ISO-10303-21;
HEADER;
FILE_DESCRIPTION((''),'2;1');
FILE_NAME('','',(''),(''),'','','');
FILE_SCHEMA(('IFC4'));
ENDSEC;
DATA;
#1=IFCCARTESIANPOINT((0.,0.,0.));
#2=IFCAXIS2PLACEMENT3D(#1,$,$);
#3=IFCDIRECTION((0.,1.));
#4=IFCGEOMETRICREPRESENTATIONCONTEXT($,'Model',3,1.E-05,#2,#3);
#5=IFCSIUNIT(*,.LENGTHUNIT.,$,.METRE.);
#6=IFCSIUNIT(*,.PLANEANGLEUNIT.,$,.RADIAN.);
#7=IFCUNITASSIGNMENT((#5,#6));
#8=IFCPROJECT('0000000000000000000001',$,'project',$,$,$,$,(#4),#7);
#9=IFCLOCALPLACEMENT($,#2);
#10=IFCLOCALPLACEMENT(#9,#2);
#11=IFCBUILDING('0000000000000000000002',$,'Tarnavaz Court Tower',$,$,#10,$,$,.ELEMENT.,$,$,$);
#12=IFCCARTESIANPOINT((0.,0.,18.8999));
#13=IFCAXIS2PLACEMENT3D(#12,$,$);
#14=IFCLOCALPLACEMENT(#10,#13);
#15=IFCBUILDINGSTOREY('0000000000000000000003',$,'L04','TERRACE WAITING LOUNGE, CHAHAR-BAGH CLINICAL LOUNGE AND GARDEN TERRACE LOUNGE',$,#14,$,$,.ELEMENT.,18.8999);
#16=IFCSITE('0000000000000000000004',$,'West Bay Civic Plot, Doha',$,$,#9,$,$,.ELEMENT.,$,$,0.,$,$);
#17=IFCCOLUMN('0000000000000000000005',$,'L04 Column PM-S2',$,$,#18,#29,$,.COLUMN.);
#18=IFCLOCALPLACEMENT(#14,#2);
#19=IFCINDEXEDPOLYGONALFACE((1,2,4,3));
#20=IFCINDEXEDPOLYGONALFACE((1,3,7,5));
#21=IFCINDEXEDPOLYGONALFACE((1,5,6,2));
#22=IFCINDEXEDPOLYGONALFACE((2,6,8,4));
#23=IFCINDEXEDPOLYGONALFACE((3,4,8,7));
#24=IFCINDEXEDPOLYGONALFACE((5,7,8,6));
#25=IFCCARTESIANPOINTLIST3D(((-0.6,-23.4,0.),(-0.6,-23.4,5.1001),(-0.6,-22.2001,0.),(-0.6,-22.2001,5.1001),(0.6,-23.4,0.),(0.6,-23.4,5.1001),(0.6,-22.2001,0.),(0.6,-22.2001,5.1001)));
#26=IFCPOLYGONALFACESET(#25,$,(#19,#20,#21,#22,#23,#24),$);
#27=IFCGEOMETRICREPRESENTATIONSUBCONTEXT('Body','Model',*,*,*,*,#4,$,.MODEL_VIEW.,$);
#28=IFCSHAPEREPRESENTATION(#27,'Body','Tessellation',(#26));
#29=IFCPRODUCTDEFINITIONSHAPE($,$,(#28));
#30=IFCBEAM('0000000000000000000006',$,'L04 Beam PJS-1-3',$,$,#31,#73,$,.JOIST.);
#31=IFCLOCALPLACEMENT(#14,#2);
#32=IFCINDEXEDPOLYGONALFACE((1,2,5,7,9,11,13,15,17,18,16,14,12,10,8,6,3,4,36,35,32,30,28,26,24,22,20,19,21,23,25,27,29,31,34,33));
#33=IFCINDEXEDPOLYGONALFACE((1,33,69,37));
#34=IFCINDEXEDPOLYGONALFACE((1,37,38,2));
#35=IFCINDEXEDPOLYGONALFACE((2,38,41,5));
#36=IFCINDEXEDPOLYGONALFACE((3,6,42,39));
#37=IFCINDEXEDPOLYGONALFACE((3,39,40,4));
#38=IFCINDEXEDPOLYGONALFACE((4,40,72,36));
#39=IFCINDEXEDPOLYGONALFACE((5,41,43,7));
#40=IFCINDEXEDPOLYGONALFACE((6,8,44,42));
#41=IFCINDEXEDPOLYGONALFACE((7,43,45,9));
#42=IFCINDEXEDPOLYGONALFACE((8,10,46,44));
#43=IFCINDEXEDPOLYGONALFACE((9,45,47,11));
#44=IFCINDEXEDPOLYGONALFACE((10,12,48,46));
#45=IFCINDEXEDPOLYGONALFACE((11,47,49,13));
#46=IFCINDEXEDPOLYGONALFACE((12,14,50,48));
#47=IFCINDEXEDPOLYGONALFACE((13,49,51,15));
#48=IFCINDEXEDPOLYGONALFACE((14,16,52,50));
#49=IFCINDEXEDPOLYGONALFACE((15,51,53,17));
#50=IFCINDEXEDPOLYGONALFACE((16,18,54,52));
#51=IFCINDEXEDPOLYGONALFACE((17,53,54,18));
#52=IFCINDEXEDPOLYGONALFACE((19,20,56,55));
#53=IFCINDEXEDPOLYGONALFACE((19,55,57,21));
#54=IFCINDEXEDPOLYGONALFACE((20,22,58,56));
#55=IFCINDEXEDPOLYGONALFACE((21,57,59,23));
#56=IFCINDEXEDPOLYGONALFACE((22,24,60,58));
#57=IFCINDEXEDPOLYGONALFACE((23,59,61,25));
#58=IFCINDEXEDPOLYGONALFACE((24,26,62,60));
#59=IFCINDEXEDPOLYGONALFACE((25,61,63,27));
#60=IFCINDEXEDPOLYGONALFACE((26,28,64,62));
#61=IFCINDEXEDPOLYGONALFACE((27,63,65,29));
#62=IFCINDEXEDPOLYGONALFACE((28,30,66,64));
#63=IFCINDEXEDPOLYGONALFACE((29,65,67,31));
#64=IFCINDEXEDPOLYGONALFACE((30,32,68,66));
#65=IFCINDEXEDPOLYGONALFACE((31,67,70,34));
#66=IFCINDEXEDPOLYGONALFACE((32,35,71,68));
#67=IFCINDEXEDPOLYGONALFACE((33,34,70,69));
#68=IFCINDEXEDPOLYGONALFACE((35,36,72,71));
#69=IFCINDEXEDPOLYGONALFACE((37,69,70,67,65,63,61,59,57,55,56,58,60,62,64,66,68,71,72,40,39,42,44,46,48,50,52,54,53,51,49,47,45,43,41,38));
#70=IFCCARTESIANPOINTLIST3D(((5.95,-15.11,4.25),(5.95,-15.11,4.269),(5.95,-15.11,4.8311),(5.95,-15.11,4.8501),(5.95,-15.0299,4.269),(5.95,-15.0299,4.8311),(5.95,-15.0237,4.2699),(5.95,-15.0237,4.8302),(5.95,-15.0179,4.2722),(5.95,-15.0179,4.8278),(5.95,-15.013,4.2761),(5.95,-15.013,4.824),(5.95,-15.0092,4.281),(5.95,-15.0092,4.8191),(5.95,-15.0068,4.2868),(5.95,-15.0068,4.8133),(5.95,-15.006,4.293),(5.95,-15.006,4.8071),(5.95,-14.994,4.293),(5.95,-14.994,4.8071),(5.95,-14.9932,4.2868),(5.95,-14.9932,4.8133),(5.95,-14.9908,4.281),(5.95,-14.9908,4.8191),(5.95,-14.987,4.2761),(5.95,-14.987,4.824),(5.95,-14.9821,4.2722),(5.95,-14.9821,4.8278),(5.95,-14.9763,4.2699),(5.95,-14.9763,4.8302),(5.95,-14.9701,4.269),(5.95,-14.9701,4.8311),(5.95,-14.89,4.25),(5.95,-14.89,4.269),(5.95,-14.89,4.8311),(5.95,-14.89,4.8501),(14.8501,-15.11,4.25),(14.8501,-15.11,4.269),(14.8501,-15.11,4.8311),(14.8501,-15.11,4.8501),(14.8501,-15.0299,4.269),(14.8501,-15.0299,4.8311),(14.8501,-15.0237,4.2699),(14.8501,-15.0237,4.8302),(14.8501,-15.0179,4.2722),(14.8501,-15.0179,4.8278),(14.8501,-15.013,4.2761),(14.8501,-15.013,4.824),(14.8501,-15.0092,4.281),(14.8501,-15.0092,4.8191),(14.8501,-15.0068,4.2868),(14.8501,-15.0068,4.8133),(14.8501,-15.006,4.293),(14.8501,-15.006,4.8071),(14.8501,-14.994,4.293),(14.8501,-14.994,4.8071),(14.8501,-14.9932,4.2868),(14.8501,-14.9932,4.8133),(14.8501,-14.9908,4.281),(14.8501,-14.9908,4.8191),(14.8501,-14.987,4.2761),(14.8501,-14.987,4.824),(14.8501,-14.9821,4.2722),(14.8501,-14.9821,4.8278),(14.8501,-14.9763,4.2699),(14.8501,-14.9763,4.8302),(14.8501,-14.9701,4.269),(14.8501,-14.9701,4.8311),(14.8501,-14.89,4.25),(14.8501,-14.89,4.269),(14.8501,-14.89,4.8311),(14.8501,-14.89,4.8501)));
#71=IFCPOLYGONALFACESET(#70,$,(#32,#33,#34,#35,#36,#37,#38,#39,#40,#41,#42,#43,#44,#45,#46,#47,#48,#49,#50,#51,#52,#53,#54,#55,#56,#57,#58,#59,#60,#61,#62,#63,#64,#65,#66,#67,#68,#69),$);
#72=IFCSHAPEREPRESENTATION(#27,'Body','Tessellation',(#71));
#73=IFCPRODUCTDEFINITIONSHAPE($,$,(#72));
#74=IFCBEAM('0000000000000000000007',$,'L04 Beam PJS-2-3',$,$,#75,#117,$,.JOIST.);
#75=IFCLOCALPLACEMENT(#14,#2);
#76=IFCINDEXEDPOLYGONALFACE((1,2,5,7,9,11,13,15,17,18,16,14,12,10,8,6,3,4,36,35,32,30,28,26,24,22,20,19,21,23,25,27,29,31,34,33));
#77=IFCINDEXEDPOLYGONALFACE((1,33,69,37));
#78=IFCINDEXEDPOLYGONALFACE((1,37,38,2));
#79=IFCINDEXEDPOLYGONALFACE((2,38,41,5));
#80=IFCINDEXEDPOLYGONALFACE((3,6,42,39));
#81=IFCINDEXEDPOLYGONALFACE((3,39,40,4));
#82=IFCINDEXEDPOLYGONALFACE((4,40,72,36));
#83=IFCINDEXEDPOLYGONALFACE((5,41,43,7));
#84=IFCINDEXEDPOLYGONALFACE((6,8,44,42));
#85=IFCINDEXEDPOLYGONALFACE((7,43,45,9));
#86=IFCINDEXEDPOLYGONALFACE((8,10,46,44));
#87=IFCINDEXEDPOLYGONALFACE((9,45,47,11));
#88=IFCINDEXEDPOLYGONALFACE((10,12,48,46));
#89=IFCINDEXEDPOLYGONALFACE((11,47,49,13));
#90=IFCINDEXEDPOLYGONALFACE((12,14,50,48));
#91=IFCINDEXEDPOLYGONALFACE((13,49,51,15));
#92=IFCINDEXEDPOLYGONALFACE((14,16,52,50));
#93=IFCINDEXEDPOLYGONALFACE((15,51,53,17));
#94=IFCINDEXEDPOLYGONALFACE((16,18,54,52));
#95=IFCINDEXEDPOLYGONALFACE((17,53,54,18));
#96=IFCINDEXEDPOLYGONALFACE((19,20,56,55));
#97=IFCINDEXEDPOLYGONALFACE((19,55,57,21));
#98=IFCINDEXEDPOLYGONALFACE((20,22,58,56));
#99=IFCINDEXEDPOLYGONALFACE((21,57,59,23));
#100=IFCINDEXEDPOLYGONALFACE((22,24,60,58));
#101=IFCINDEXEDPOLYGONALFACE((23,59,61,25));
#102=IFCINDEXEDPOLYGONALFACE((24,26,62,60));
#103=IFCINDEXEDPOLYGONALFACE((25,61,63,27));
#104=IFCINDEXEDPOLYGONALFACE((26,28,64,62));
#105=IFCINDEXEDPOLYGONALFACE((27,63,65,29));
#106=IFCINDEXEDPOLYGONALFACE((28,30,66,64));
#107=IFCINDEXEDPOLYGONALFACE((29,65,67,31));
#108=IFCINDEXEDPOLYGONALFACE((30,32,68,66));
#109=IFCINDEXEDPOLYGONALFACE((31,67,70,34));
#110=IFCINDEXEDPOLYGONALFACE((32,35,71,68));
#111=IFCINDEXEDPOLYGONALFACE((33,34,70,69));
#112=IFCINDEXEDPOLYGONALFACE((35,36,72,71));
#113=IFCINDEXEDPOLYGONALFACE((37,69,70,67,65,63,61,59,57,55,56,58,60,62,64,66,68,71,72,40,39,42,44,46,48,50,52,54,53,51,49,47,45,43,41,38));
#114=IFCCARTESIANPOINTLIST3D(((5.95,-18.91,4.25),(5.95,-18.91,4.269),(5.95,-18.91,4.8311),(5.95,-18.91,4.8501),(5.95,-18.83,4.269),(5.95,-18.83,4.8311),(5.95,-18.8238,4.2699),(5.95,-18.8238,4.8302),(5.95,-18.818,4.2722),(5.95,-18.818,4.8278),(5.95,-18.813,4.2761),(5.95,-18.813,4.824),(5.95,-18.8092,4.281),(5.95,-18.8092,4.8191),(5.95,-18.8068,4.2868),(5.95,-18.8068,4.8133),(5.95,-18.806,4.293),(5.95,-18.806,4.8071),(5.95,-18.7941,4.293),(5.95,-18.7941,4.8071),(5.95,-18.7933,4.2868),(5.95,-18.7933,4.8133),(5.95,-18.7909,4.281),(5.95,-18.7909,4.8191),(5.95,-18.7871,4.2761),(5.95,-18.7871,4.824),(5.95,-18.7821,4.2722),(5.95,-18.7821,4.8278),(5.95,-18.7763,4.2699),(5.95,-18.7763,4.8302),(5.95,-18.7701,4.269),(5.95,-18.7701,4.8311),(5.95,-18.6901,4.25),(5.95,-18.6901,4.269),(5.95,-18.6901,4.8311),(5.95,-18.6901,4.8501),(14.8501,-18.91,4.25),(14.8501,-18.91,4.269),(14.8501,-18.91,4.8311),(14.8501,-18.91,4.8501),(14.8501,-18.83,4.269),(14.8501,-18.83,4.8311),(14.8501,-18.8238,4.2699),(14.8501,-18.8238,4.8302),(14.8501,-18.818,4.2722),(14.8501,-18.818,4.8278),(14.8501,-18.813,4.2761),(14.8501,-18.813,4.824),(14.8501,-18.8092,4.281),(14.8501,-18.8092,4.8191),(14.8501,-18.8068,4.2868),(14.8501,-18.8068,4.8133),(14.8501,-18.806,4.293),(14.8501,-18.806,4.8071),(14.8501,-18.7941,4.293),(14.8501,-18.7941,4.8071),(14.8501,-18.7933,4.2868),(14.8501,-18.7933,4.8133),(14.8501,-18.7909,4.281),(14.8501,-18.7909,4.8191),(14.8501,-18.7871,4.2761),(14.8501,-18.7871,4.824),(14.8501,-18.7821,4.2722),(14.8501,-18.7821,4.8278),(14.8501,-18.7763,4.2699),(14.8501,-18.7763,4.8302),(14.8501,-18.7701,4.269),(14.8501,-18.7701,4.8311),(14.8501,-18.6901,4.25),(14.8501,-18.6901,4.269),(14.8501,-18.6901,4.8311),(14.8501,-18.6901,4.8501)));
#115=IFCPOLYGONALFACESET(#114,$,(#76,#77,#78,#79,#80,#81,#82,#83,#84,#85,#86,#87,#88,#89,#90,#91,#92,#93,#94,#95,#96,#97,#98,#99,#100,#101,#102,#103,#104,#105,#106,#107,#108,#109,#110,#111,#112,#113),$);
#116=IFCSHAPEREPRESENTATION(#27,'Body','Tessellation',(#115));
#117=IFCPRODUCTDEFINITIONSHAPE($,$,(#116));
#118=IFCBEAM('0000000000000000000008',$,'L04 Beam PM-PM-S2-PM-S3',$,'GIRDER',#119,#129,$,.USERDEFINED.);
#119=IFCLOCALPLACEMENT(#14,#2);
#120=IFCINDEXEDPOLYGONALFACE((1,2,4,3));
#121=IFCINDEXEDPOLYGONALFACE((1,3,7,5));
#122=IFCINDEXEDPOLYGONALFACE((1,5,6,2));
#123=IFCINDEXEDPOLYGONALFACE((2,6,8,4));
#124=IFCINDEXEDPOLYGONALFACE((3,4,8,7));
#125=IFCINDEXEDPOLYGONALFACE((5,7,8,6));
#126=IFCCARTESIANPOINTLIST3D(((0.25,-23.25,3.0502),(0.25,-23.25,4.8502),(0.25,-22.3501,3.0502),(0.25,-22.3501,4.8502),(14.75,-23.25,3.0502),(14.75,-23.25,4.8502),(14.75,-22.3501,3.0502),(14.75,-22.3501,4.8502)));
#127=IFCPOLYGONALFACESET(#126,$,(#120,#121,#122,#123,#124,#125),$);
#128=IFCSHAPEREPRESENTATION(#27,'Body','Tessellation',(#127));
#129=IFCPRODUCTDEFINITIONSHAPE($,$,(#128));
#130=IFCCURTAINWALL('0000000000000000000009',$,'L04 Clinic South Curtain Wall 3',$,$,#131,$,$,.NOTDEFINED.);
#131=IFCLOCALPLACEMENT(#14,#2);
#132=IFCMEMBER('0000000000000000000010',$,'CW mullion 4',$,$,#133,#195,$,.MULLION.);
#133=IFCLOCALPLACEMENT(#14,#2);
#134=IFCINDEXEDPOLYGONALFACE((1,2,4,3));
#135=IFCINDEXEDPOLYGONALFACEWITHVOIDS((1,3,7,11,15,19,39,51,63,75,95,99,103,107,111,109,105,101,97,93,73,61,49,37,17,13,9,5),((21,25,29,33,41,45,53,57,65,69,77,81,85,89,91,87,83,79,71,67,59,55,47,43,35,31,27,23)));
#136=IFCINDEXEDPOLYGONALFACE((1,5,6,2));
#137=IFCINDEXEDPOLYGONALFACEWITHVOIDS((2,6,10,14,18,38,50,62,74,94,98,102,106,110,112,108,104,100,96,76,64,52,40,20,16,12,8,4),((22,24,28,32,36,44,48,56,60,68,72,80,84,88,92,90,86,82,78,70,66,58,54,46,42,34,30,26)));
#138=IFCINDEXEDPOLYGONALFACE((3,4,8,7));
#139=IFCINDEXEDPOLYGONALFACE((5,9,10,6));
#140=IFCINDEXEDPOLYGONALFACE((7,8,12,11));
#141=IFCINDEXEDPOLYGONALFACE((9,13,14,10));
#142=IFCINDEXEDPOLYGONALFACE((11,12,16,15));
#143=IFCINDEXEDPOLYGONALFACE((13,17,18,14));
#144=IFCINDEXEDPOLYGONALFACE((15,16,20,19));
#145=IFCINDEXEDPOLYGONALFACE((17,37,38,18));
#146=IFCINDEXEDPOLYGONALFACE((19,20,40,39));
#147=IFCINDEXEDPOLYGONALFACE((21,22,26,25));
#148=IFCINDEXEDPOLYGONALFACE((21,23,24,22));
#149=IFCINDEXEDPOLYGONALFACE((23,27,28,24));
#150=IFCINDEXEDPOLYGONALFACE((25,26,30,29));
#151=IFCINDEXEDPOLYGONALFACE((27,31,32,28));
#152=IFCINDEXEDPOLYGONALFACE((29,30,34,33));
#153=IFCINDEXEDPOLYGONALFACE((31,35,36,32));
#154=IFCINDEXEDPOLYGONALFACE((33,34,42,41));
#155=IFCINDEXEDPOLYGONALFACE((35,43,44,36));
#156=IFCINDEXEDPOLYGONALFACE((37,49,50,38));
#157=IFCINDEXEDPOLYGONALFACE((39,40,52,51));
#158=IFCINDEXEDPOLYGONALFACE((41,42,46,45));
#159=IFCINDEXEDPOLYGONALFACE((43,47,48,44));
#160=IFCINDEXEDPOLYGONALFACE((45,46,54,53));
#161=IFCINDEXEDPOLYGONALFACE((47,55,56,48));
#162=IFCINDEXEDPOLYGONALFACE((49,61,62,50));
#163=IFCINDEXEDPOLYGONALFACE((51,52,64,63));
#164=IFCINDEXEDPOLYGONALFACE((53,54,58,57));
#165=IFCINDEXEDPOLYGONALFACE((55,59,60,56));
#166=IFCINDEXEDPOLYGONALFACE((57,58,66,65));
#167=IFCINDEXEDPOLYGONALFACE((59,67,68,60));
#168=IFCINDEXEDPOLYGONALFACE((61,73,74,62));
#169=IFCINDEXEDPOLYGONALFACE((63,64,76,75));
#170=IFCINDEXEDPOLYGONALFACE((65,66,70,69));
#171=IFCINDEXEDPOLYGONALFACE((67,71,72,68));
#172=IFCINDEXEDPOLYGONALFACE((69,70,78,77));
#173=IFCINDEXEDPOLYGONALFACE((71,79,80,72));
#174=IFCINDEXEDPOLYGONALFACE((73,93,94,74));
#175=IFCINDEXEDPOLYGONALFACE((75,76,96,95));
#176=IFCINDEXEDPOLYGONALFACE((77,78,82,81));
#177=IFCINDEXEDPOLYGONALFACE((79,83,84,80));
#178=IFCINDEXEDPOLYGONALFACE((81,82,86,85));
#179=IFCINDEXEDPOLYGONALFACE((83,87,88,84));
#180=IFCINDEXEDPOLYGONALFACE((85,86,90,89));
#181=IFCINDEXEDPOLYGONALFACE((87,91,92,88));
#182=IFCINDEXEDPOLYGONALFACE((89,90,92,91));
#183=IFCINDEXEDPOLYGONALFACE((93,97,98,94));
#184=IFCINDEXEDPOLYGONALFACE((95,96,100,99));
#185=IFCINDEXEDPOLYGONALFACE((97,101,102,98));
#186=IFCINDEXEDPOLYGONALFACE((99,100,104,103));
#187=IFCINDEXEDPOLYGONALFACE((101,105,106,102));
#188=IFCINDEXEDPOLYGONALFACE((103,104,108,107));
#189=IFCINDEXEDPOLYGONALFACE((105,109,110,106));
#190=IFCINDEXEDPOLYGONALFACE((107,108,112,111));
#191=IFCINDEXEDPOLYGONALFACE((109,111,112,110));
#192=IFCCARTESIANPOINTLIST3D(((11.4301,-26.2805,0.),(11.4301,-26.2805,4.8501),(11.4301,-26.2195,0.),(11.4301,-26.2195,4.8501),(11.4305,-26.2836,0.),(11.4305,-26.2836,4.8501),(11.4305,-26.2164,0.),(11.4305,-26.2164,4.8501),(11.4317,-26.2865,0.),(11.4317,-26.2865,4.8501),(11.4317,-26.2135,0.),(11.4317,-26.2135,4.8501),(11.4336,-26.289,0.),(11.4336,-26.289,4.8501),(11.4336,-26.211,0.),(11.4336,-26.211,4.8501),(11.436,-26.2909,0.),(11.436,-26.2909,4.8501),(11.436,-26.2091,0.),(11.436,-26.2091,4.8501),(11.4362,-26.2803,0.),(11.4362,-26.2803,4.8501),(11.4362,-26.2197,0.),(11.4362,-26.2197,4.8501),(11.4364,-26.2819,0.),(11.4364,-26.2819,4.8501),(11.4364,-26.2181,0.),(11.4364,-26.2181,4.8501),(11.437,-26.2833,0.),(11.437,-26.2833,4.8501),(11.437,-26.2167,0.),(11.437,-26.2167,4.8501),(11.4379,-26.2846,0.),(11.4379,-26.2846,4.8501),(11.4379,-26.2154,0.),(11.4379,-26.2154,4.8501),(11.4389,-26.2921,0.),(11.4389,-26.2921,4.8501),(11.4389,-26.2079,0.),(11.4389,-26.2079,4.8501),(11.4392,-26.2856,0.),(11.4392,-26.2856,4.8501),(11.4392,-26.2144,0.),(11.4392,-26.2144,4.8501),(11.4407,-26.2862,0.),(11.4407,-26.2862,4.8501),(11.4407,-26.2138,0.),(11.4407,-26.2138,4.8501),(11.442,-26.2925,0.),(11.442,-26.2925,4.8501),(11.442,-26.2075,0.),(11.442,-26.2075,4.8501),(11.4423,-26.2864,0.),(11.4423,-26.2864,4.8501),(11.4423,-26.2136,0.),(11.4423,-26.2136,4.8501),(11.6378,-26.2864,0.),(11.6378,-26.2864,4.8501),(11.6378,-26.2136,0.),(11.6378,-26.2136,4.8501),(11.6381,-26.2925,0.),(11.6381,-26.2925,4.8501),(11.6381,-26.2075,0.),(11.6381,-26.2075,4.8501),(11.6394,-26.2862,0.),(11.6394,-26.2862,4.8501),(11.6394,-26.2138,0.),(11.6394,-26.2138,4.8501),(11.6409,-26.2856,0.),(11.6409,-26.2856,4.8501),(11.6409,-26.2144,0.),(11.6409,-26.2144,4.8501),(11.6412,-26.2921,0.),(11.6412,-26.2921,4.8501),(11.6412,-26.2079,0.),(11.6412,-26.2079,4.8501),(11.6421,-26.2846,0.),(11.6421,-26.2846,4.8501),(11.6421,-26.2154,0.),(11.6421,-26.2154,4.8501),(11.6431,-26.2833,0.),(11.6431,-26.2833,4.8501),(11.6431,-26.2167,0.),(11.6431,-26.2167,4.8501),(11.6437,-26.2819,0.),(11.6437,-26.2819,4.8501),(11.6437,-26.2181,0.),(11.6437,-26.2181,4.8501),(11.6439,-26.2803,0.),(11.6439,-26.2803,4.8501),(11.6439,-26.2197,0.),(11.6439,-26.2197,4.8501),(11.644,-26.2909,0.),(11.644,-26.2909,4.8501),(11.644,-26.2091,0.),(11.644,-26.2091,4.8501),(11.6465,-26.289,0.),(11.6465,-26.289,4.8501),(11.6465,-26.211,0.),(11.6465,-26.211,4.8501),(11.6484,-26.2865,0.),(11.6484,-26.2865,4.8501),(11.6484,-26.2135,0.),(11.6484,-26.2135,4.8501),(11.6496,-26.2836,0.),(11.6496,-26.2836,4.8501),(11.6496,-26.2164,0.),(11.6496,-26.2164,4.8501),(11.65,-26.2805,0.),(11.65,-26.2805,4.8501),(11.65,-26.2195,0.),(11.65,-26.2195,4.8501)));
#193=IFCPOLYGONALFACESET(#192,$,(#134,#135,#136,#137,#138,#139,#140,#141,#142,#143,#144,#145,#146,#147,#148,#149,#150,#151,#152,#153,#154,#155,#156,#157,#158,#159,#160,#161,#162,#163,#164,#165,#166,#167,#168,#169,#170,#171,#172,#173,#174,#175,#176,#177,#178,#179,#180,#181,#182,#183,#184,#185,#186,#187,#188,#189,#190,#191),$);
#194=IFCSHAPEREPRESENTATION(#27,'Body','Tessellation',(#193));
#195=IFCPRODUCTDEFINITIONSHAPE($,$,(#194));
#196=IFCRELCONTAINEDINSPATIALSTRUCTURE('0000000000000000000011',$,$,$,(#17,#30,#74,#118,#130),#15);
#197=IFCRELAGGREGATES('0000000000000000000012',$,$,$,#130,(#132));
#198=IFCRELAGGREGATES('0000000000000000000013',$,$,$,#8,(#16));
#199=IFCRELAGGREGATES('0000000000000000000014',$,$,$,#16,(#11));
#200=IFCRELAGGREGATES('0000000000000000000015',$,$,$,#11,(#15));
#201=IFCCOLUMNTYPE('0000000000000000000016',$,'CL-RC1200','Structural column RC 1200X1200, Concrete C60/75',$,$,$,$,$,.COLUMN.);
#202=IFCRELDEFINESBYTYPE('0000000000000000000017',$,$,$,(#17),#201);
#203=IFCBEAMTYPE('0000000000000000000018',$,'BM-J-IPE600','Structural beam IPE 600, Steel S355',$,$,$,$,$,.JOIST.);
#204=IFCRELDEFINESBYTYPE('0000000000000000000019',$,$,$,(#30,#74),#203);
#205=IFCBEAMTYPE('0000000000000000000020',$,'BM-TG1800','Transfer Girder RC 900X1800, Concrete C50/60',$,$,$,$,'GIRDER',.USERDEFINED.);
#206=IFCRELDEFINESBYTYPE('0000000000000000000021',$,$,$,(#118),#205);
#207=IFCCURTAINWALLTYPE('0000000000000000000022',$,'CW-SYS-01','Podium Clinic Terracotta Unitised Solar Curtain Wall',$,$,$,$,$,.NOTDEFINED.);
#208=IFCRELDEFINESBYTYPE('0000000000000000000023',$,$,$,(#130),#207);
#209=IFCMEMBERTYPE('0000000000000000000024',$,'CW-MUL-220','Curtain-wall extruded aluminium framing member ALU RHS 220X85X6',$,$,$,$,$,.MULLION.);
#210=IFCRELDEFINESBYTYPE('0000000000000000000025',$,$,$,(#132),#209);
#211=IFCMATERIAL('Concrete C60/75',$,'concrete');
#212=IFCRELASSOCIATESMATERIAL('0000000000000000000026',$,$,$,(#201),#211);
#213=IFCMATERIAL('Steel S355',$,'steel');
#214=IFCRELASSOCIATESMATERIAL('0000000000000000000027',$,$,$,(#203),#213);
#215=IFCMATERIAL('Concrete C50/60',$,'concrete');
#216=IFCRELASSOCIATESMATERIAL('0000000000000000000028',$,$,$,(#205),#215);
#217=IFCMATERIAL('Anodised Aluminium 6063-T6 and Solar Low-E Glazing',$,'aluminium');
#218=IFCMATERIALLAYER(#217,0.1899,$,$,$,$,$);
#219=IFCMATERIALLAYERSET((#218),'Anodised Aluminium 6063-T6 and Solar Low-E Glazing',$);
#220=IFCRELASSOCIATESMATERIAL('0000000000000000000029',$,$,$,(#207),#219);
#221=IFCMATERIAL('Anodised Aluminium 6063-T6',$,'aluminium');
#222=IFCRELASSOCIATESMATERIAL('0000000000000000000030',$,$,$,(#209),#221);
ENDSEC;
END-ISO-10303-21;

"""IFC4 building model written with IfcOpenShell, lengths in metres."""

from ifc_helpers import new_model, si_unit, direction, frame, origin, origin_2d, place, context, subcontext, project, spatial, rectangle, hollow_rectangle, i_section, extrude, material, layer, layer_set, material_profile, profile_set, type_object, element, aggregate, save


model = new_model("IFC4")

# Units and contexts
model_context = context("Model", 3, precision=1e-05, world=origin(), true_north=direction((0.0, 1.0)))
body_context = subcontext(model_context, "Body", "Model", "MODEL_VIEW")
ifc_project = project(units=[si_unit("LENGTHUNIT", "METRE"), si_unit("PLANEANGLEUNIT", "RADIAN")], contexts=[model_context])

# Site, building, storey
site_placement = place(None, origin())
site = spatial("IfcSite", under=ifc_project, at=site_placement, Name="West Bay Civic Plot, Doha", CompositionType="ELEMENT", RefElevation=0.0)
building_placement = place(site_placement, origin())
building = spatial("IfcBuilding", under=site, at=building_placement, Name="Tarnavaz Court Tower", CompositionType="ELEMENT")
storey_placement = place(building_placement, frame((0.0, 0.0, 18.8999)))
storey = spatial("IfcBuildingStorey", under=building, at=storey_placement, Name="L04", Description="TERRACE WAITING LOUNGE, CHAHAR-BAGH CLINICAL LOUNGE AND GARDEN TERRACE LOUNGE", CompositionType="ELEMENT", Elevation=18.8999)

# Column
ifc_material_1 = material(Name="Concrete C60/75", Category="concrete")
ifc_material_profile_1 = material_profile(ifc_material_1, rectangle(XDim=1.2, YDim=1.2, at=origin_2d()), Name="RC 1200X1200")
ifc_profile_set_1 = profile_set([ifc_material_profile_1], Name="Concrete C60/75")
column_type = type_object("IfcColumnType", Name="CL-RC1200", Description="Structural column RC 1200X1200, Concrete C60/75", PredefinedType="COLUMN", material=ifc_profile_set_1)
column_placement = place(storey_placement, frame((0.0, -22.8, 0.0), z_axis=(0.0, 0.0, 1.0), x_axis=(1.0, 0.0, 0.0)))
element("IfcColumn", 1, at=column_placement, inside=storey, type_object=column_type, Name="L04 Column PM-S2", PredefinedType="COLUMN", context=body_context, shape_type="SweptSolid", body=[
    extrude(rectangle(XDim=1.2, YDim=1.2, at=origin_2d()), origin(), (0.0, 0.0, 1.0), 5.1001),
])

# Beams
ifc_material_2 = material(Name="Steel S355", Category="steel")
ifc_material_profile_2 = material_profile(ifc_material_2, i_section(OverallWidth=0.22, OverallDepth=0.6001, WebThickness=0.012, FlangeThickness=0.019, FilletRadius=0.0239, at=origin_2d()), Name="IPE 600")
ifc_profile_set_2 = profile_set([ifc_material_profile_2], Name="Steel S355")
beam_type_1 = type_object("IfcBeamType", Name="BM-J-IPE600", Description="Structural beam IPE 600, Steel S355", PredefinedType="JOIST", material=ifc_profile_set_2)
for number, where, z_axis, x_axis, name in (
    (2, (5.95, -15.0, 4.55), (1.0, 0.0, 0.0), (0.0, 1.0, 0.0), "L04 Beam PJS-1-3"),
    (3, (5.95, -18.8, 4.55), (1.0, 0.0, 0.0), (0.0, 1.0, 0.0), "L04 Beam PJS-2-3"),
):
    element("IfcBeam", number, at=place(storey_placement, frame(where, z_axis=z_axis, x_axis=x_axis)), inside=storey, type_object=beam_type_1, Name=name, PredefinedType="JOIST", context=body_context, shape_type="SweptSolid", body=[
        extrude(i_section(OverallWidth=0.22, OverallDepth=0.6001, WebThickness=0.012, FlangeThickness=0.019, FilletRadius=0.0239, at=origin_2d()), origin(), (0.0, 0.0, 1.0), 8.9001),
    ])
ifc_material_3 = material(Name="Concrete C50/60", Category="concrete")
ifc_material_profile_3 = material_profile(ifc_material_3, rectangle(XDim=0.8999, YDim=1.8, at=origin_2d()), Name="RC 900X1800")
ifc_profile_set_3 = profile_set([ifc_material_profile_3], Name="Concrete C50/60")
beam_type_2 = type_object("IfcBeamType", Name="BM-TG1800", Description="Transfer Girder RC 900X1800, Concrete C50/60", ElementType="GIRDER", PredefinedType="USERDEFINED", material=ifc_profile_set_3)
beam_placement = place(storey_placement, frame((0.25, -22.8, 3.9502), z_axis=(1.0, 0.0, 0.0), x_axis=(0.0, 1.0, 0.0)))
element("IfcBeam", 4, at=beam_placement, inside=storey, type_object=beam_type_2, Name="L04 Beam PM-PM-S2-PM-S3", ObjectType="GIRDER", PredefinedType="USERDEFINED", context=body_context, shape_type="SweptSolid", body=[
    extrude(rectangle(XDim=0.8999, YDim=1.8, at=origin_2d()), origin(), (0.0, 0.0, 1.0), 14.5),
])

# Curtain wall, member
ifc_material_4 = material(Name="Anodised Aluminium 6063-T6 and Solar Low-E Glazing", Category="aluminium")
ifc_layer_1 = layer(ifc_material_4, 0.1899)
ifc_layer_set_1 = layer_set([ifc_layer_1], Name="Anodised Aluminium 6063-T6 and Solar Low-E Glazing")
curtain_wall_type = type_object("IfcCurtainWallType", Name="CW-SYS-01", Description="Podium Clinic Terracotta Unitised Solar Curtain Wall", PredefinedType="NOTDEFINED", material=ifc_layer_set_1)
curtain_wall_placement = place(storey_placement, origin())
curtain_wall = element("IfcCurtainWall", 5, at=curtain_wall_placement, inside=storey, type_object=curtain_wall_type, Name="L04 Clinic South Curtain Wall 3", PredefinedType="NOTDEFINED")
ifc_material_5 = material(Name="Anodised Aluminium 6063-T6", Category="aluminium")
ifc_material_profile_4 = material_profile(ifc_material_5, hollow_rectangle(XDim=0.085, YDim=0.22, WallThickness=0.0061, InnerFilletRadius=0.0061, OuterFilletRadius=0.012, at=origin_2d()), Name="ALU RHS 220X85X6")
ifc_profile_set_4 = profile_set([ifc_material_profile_4], Name="Anodised Aluminium 6063-T6")
member_type_1 = type_object("IfcMemberType", Name="CW-MUL-220", Description="Curtain-wall extruded aluminium framing member ALU RHS 220X85X6", PredefinedType="MULLION", material=ifc_profile_set_4)
member_1_placement = place(storey_placement, frame((11.54, -26.25, 0.0), z_axis=(0.0, 0.0, 1.0), x_axis=(0.0, -1.0, 0.0)))
member_1 = element("IfcMember", 6, at=member_1_placement, type_object=member_type_1, Name="CW mullion 4", PredefinedType="MULLION", context=body_context, shape_type="SweptSolid", body=[
    extrude(hollow_rectangle(XDim=0.085, YDim=0.22, WallThickness=0.0061, InnerFilletRadius=0.0061, OuterFilletRadius=0.012, at=origin_2d()), origin(), (0.0, 0.0, 1.0), 4.8501),
])
aggregate(curtain_wall, [member_1])

save(model, "model.ifc")
